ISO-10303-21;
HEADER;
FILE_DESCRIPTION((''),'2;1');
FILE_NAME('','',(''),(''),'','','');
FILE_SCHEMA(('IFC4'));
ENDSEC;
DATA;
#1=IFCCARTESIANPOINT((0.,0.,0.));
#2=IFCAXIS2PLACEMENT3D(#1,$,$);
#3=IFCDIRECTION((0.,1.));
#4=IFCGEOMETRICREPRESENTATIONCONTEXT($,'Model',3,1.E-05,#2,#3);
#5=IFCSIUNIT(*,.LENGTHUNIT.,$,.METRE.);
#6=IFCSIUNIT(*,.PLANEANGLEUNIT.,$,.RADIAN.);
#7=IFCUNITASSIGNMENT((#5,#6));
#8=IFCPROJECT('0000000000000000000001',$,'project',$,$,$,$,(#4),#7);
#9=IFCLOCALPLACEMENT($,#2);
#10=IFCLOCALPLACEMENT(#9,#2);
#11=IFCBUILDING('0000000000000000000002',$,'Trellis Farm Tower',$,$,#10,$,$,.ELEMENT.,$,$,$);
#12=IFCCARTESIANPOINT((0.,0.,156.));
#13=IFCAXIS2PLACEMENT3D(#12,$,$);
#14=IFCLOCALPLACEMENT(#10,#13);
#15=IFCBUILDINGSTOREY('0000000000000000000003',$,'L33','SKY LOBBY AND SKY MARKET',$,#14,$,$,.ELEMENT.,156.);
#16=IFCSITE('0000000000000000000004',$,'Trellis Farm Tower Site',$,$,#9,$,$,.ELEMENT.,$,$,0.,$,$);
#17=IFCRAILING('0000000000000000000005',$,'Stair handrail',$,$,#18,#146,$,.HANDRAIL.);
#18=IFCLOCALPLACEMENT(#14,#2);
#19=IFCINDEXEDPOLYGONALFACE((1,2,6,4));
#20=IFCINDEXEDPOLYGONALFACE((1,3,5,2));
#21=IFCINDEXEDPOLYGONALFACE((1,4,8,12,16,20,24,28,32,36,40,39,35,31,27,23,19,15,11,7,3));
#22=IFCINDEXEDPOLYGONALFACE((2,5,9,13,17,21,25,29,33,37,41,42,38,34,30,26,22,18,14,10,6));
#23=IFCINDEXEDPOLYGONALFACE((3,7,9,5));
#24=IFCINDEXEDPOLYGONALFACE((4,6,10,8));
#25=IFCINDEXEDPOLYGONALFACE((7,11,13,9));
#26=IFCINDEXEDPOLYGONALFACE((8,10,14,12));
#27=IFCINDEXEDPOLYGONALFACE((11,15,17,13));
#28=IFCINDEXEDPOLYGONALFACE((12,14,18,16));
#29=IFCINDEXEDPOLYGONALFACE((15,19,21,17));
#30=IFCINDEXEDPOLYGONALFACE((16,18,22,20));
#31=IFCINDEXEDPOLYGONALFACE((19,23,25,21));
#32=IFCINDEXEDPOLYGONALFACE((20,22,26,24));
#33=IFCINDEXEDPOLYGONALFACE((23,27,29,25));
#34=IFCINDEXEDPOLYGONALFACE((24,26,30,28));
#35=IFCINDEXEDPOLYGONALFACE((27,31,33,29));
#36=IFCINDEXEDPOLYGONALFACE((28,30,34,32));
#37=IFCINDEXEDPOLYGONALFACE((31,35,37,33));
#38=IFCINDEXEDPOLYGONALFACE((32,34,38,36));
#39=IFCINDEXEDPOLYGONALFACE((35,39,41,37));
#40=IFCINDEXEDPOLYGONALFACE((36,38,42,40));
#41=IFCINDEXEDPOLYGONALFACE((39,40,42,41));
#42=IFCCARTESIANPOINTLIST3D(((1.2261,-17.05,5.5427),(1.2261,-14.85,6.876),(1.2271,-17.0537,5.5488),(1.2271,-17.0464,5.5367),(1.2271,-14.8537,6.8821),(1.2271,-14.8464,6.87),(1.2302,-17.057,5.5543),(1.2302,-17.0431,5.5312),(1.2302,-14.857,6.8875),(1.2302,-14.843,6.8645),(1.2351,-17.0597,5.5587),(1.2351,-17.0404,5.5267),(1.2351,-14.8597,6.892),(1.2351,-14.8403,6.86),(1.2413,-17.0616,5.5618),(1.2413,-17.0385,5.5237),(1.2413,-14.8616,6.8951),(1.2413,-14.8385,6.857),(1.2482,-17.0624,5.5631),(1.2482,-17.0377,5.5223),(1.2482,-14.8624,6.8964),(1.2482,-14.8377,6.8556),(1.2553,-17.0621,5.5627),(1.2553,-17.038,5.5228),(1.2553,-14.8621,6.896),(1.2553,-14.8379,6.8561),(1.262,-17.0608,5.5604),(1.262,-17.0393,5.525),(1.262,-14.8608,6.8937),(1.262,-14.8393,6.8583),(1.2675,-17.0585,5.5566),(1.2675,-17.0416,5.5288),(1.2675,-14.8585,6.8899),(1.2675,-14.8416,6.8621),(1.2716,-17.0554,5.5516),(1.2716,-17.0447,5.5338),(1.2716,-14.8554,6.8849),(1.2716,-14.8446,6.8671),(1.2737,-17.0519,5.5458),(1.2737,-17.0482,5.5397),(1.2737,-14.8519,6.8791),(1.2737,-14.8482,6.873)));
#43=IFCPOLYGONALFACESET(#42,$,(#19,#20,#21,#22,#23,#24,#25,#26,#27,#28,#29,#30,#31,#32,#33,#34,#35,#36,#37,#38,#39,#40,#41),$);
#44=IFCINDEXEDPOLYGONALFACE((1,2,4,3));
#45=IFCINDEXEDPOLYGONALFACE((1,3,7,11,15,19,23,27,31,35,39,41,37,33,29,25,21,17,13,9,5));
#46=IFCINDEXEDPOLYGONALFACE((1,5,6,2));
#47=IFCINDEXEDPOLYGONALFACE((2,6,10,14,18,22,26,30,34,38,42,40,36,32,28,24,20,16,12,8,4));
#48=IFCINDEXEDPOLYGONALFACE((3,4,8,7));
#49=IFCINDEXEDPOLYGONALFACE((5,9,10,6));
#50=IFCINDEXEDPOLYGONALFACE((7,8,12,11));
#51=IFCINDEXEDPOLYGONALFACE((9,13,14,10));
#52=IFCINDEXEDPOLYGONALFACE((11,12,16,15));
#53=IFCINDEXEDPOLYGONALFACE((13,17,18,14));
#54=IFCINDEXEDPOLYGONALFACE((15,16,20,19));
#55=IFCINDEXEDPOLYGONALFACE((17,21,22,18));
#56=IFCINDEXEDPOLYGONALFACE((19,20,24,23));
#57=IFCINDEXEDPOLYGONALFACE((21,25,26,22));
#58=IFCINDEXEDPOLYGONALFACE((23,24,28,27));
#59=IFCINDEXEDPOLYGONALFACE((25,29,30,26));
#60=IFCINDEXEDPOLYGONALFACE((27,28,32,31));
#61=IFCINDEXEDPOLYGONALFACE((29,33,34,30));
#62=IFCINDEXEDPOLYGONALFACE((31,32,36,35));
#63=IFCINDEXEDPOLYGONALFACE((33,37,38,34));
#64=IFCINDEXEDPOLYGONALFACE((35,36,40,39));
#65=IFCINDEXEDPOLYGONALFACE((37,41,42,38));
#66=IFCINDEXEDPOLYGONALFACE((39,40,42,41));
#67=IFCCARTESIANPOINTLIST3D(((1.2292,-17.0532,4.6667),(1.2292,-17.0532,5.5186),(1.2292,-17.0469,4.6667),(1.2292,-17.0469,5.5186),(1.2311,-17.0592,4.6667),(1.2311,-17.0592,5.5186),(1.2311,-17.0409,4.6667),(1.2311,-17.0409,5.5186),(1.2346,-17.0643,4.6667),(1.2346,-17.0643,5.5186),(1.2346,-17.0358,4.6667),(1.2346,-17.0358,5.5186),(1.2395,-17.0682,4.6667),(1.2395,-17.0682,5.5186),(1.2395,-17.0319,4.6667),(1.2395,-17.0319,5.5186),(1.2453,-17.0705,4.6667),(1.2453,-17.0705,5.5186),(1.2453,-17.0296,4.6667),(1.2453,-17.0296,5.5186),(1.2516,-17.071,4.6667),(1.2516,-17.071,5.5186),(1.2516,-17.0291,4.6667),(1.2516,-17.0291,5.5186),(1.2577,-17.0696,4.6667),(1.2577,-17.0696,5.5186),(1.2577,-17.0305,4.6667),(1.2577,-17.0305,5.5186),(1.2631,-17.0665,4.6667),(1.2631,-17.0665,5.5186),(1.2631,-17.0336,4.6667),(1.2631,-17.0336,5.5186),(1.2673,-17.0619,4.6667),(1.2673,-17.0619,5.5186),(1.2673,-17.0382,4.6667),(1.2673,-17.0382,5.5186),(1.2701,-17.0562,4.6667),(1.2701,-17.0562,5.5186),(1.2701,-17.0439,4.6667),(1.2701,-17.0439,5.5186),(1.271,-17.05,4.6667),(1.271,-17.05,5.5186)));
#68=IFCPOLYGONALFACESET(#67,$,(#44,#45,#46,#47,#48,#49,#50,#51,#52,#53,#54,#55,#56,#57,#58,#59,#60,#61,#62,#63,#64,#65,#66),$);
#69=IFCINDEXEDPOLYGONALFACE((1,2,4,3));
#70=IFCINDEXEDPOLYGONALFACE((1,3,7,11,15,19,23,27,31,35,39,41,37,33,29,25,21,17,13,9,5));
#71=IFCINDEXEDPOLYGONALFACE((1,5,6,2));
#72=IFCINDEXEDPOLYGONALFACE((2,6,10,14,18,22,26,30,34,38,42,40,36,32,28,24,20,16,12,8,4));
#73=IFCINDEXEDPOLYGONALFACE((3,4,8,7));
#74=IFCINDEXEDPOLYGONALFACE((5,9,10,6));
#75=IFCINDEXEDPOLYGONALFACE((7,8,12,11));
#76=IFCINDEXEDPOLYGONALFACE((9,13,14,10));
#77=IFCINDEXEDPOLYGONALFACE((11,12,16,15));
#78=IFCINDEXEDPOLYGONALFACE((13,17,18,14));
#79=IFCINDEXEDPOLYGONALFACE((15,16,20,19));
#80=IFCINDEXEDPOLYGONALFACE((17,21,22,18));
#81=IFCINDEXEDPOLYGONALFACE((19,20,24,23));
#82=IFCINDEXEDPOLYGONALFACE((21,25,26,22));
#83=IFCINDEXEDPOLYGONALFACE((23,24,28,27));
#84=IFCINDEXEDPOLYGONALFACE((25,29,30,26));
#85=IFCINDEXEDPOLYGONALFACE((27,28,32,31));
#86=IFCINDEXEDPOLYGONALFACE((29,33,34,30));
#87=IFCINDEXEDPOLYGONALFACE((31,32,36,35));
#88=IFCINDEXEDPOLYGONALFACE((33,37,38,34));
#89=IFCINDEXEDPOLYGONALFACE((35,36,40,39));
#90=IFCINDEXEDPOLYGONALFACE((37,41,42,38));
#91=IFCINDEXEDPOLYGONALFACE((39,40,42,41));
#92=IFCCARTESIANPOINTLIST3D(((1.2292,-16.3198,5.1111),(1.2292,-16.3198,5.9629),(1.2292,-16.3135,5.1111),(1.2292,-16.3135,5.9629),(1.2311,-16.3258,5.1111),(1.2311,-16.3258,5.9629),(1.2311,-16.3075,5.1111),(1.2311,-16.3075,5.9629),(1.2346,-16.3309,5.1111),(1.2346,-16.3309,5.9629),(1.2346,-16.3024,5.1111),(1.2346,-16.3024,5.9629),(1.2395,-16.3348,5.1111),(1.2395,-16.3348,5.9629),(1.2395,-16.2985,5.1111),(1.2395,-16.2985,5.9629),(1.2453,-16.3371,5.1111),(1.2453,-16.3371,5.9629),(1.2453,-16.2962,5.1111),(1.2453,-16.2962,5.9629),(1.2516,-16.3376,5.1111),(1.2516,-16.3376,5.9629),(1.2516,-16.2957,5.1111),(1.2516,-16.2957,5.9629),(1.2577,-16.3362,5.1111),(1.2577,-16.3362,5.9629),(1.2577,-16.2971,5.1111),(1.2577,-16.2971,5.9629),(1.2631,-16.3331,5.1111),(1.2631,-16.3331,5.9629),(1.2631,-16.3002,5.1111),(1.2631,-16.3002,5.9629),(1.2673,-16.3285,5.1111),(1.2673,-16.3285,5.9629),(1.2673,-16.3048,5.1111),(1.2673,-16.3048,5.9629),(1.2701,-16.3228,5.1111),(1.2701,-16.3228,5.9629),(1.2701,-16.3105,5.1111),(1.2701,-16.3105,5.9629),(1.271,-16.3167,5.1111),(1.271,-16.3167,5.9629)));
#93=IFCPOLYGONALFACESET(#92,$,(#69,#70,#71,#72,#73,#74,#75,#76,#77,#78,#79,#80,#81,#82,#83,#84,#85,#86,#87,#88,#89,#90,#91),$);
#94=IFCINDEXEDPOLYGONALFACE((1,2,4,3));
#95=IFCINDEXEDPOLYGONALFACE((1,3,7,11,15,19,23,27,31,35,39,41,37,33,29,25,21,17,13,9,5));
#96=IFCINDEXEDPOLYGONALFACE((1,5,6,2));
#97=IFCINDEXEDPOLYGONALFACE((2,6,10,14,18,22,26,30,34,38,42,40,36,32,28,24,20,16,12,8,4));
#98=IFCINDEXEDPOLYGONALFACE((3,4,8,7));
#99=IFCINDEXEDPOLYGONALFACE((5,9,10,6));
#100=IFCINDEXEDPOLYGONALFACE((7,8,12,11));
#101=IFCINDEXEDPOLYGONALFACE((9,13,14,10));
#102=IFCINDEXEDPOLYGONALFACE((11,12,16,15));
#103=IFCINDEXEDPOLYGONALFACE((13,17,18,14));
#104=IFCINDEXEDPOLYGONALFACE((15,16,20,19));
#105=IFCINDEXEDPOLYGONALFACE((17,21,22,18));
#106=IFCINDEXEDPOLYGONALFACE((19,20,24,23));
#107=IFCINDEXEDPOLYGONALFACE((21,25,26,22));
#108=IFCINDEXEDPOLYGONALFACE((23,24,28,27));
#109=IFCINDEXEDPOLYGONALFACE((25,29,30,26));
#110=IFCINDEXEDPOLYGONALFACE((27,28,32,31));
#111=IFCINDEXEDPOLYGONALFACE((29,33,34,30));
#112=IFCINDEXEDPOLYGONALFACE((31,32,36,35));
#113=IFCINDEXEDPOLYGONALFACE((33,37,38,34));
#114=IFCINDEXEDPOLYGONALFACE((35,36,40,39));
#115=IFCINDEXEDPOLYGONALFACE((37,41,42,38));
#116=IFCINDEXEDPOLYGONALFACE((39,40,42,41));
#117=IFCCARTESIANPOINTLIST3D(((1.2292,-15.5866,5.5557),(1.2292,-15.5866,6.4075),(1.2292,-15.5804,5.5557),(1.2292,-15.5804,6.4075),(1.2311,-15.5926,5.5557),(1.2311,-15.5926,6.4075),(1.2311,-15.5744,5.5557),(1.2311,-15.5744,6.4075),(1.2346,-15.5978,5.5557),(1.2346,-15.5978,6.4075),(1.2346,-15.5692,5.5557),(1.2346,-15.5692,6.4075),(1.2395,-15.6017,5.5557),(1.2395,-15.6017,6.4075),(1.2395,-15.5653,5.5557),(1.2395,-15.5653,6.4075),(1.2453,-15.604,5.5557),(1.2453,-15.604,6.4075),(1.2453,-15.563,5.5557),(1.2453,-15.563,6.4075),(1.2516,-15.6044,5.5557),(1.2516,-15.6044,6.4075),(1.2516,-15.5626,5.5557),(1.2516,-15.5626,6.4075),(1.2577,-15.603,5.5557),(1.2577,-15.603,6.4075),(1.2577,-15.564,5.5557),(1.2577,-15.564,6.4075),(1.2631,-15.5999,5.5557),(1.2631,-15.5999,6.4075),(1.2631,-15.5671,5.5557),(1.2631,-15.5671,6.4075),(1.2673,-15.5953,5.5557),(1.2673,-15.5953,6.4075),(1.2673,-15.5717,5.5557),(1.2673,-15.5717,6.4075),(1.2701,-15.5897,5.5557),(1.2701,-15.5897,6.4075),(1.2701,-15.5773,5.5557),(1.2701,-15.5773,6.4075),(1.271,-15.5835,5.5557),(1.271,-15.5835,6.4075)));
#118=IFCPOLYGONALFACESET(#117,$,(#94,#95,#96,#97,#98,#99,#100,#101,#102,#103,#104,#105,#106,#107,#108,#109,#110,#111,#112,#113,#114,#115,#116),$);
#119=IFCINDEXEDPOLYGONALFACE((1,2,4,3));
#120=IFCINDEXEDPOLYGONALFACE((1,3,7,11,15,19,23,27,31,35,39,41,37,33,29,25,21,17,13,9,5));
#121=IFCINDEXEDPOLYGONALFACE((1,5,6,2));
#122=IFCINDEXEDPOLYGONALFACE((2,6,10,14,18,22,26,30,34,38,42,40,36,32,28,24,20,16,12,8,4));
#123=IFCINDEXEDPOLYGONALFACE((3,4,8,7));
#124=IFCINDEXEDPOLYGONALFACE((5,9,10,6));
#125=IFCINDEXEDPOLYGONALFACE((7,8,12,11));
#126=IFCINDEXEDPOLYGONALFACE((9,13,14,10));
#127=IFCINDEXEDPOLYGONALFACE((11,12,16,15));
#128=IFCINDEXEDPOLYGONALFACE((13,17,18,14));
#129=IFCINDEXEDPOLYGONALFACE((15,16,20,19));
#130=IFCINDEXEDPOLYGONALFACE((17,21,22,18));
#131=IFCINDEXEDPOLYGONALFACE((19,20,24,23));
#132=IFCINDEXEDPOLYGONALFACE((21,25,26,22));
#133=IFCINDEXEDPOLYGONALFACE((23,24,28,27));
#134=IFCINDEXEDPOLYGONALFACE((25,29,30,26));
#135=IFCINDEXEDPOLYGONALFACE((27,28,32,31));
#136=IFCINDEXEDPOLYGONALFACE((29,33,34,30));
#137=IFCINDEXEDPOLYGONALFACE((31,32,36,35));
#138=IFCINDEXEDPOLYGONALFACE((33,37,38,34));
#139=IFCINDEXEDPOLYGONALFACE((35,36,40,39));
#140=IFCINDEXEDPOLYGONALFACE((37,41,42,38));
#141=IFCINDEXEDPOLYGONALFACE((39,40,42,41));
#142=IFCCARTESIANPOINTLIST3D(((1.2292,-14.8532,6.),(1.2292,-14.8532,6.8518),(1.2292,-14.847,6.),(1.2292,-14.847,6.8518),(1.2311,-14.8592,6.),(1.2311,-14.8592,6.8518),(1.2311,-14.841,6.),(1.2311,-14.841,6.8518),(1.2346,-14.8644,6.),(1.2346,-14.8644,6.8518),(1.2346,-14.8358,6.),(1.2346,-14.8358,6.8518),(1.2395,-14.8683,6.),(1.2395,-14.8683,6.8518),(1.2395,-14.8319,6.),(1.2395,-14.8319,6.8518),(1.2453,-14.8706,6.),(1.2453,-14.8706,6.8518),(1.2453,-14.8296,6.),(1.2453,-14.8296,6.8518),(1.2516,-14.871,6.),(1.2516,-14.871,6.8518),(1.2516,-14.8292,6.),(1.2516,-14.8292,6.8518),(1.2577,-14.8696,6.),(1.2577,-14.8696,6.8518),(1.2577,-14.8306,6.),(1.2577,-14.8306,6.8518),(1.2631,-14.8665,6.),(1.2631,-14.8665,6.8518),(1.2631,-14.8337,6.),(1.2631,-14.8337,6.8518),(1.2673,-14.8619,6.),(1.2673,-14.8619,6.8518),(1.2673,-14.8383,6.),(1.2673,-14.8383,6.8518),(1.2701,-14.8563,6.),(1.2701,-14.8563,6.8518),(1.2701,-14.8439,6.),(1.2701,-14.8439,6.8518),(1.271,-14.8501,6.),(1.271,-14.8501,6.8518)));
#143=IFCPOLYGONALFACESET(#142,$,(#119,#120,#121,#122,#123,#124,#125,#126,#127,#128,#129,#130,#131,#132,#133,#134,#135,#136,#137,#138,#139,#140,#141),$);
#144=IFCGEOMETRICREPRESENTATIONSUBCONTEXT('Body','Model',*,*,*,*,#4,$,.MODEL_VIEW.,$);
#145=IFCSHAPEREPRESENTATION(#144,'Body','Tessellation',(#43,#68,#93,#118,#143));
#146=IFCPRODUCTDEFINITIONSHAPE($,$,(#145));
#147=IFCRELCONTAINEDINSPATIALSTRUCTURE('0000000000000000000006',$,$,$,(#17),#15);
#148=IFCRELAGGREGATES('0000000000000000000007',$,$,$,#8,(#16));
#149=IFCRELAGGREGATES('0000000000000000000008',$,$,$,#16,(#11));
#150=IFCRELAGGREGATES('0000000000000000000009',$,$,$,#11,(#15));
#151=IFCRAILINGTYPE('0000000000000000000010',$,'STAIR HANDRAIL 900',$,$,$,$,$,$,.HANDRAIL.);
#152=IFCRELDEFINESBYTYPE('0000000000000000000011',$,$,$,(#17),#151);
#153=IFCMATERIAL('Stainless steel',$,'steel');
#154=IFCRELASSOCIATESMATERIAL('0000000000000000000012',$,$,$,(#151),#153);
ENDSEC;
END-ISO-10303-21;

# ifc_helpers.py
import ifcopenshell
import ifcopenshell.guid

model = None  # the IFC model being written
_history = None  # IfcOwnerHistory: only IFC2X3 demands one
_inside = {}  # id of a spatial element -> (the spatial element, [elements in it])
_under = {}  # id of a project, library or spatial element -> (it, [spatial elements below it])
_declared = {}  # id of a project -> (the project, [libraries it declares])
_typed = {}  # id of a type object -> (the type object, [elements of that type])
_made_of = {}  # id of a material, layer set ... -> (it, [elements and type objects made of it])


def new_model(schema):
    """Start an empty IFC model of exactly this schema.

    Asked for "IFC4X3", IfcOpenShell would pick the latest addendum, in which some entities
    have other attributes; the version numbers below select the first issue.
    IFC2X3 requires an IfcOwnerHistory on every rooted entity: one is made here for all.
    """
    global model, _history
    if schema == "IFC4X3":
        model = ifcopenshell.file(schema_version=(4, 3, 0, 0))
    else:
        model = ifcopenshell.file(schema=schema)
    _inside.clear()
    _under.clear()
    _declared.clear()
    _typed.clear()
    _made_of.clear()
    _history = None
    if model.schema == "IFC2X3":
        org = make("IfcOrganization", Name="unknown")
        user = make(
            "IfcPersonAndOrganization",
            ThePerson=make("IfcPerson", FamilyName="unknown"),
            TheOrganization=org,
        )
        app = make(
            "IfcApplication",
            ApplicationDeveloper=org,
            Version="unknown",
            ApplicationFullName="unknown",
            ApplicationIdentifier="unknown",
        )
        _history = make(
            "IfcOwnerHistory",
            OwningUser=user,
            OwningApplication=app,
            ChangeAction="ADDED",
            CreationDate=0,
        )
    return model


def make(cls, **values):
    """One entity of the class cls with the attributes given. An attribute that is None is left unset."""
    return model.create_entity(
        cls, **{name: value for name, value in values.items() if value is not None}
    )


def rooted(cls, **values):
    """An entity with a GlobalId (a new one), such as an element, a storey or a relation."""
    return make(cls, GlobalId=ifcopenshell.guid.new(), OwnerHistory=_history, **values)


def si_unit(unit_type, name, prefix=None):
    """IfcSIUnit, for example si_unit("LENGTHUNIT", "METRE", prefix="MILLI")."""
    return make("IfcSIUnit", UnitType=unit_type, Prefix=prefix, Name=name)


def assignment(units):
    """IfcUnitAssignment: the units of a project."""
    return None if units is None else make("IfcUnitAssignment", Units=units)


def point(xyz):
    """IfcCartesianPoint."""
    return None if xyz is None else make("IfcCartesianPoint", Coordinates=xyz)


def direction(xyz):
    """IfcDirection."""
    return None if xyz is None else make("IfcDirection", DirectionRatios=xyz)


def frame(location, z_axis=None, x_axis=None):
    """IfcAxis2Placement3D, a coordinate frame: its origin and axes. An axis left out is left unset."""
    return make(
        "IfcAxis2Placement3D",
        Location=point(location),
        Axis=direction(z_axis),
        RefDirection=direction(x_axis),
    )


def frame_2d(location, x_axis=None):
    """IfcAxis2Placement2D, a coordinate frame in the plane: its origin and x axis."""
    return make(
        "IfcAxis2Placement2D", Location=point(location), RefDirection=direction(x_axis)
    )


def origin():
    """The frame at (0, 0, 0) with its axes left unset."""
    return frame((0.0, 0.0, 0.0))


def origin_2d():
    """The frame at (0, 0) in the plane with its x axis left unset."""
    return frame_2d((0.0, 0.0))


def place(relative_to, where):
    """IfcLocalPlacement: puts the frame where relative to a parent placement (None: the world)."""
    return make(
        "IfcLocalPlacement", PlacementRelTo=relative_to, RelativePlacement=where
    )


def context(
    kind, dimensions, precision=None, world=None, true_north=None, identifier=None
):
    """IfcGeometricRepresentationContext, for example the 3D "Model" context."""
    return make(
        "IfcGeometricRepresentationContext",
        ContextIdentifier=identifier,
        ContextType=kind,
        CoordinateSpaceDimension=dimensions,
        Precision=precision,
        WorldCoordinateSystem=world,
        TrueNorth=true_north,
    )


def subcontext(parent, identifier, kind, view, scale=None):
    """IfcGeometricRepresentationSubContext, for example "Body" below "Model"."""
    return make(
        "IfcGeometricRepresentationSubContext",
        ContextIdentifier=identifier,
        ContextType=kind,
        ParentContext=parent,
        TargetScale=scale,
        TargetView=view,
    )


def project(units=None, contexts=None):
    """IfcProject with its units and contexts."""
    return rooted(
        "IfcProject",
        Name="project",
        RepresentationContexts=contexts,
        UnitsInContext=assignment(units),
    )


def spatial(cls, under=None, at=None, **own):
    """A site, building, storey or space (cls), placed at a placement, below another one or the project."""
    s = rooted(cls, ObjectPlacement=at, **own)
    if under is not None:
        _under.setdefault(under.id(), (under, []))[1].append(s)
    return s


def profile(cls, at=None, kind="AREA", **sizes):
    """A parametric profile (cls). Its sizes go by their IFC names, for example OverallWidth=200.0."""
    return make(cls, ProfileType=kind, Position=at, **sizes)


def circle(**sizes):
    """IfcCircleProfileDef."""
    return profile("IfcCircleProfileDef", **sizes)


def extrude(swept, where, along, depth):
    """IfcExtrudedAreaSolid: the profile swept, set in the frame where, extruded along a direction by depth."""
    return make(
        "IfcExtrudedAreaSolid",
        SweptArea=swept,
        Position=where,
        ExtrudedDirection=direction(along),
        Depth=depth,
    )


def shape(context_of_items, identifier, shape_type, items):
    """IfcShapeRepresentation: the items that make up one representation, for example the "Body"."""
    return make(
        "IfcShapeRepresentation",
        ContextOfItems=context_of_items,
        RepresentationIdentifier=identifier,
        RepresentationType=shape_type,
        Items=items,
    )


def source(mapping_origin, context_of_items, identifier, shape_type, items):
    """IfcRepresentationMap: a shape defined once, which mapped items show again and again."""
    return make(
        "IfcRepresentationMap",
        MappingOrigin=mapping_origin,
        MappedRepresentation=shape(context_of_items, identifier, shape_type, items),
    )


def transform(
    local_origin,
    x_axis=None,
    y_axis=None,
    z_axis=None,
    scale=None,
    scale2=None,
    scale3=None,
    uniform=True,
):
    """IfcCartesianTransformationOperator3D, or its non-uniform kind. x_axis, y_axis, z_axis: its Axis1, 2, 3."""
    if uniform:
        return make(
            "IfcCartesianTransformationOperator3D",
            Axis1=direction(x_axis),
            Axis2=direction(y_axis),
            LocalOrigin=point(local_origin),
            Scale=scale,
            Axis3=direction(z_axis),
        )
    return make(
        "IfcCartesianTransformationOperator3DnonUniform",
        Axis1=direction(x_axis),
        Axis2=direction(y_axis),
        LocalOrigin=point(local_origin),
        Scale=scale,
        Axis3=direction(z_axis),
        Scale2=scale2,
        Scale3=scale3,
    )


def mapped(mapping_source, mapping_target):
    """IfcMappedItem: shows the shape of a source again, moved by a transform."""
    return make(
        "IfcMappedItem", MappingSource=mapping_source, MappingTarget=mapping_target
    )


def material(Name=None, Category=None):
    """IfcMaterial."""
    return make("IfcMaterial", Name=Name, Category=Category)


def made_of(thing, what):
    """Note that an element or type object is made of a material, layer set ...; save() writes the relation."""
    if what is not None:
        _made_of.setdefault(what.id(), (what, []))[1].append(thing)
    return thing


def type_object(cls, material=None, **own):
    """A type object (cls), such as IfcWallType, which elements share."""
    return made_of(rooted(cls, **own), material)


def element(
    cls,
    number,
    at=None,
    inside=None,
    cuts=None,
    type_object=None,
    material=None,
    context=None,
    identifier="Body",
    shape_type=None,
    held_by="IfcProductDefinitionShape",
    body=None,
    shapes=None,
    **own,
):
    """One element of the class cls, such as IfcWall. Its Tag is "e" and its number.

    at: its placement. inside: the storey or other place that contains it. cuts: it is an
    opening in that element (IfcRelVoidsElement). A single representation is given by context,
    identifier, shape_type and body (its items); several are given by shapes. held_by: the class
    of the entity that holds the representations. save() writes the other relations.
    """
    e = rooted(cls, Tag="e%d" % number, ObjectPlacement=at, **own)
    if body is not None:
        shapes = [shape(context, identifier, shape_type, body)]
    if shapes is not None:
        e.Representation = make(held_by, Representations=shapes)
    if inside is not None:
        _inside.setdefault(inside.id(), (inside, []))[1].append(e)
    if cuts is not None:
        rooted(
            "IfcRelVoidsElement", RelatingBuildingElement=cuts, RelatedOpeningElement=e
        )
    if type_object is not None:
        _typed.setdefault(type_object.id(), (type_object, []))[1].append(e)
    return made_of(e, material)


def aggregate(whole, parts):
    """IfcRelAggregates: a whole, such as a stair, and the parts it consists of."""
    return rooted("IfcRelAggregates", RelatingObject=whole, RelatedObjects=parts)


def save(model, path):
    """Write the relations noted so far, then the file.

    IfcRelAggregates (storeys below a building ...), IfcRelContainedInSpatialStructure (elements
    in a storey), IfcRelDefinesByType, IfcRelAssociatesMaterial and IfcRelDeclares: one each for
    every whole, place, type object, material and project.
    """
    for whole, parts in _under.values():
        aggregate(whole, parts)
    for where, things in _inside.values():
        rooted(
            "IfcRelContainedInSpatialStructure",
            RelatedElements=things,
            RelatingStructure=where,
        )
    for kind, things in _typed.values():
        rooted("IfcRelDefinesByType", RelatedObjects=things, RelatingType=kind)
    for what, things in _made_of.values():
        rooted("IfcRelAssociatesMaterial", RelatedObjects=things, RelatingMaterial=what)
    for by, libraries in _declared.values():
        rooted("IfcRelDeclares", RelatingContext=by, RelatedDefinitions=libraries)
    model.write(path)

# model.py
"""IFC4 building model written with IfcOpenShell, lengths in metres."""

from ifc_helpers import new_model, si_unit, direction, frame, origin, origin_2d, place, context, subcontext, project, spatial, circle, extrude, source, transform, mapped, material, type_object, element, save


model = new_model("IFC4")

# Units and contexts
model_context = context("Model", 3, precision=1e-05, world=origin(), true_north=direction((0.0, 1.0)))
body_context = subcontext(model_context, "Body", "Model", "MODEL_VIEW")
ifc_project = project(units=[si_unit("LENGTHUNIT", "METRE"), si_unit("PLANEANGLEUNIT", "RADIAN")], contexts=[model_context])

# Site, building, storey
site_placement = place(None, origin())
site = spatial("IfcSite", under=ifc_project, at=site_placement, Name="Trellis Farm Tower Site", CompositionType="ELEMENT", RefElevation=0.0)
building_placement = place(site_placement, origin())
building = spatial("IfcBuilding", under=site, at=building_placement, Name="Trellis Farm Tower", CompositionType="ELEMENT")
storey_placement = place(building_placement, frame((0.0, 0.0, 156.0)))
storey = spatial("IfcBuildingStorey", under=building, at=storey_placement, Name="L33", Description="SKY LOBBY AND SKY MARKET", CompositionType="ELEMENT", Elevation=156.0)

# Railing
ifc_material_1 = material(Name="Stainless steel", Category="steel")
railing_type = type_object("IfcRailingType", Name="STAIR HANDRAIL 900", PredefinedType="HANDRAIL", material=ifc_material_1)
shared_shape_1 = source(origin(), body_context, "Body", "SweptSolid", [
    extrude(circle(Radius=0.0239, at=origin_2d()), frame((0.0, 0.0, 0.876), z_axis=(0.0, 0.855207, 0.518287), x_axis=(-1.0, 0.0, 0.0)), (0.0, 0.0, 1.0), 2.5725),
    extrude(circle(Radius=0.021, at=origin_2d()), origin(), (0.0, 0.0, 1.0), 0.8518),
    extrude(circle(Radius=0.021, at=origin_2d()), frame((0.0, 0.7334, 0.4443)), (0.0, 0.0, 1.0), 0.8518),
    extrude(circle(Radius=0.021, at=origin_2d()), frame((0.0, 1.4666, 0.8889)), (0.0, 0.0, 1.0), 0.8518),
    extrude(circle(Radius=0.021, at=origin_2d()), frame((0.0, 2.2, 1.3333)), (0.0, 0.0, 1.0), 0.8518),
])
for number, where, name in (
    (1, (1.25, -17.05, 4.6667), "Stair handrail"),
):
    element("IfcRailing", number, at=place(storey_placement, frame(where)), inside=storey, type_object=railing_type, Name=name, PredefinedType="HANDRAIL", context=body_context, shape_type="MappedRepresentation", body=[
        mapped(shared_shape_1, transform((0.0, 0.0, 0.0))),
    ])

save(model, "model.ifc")
